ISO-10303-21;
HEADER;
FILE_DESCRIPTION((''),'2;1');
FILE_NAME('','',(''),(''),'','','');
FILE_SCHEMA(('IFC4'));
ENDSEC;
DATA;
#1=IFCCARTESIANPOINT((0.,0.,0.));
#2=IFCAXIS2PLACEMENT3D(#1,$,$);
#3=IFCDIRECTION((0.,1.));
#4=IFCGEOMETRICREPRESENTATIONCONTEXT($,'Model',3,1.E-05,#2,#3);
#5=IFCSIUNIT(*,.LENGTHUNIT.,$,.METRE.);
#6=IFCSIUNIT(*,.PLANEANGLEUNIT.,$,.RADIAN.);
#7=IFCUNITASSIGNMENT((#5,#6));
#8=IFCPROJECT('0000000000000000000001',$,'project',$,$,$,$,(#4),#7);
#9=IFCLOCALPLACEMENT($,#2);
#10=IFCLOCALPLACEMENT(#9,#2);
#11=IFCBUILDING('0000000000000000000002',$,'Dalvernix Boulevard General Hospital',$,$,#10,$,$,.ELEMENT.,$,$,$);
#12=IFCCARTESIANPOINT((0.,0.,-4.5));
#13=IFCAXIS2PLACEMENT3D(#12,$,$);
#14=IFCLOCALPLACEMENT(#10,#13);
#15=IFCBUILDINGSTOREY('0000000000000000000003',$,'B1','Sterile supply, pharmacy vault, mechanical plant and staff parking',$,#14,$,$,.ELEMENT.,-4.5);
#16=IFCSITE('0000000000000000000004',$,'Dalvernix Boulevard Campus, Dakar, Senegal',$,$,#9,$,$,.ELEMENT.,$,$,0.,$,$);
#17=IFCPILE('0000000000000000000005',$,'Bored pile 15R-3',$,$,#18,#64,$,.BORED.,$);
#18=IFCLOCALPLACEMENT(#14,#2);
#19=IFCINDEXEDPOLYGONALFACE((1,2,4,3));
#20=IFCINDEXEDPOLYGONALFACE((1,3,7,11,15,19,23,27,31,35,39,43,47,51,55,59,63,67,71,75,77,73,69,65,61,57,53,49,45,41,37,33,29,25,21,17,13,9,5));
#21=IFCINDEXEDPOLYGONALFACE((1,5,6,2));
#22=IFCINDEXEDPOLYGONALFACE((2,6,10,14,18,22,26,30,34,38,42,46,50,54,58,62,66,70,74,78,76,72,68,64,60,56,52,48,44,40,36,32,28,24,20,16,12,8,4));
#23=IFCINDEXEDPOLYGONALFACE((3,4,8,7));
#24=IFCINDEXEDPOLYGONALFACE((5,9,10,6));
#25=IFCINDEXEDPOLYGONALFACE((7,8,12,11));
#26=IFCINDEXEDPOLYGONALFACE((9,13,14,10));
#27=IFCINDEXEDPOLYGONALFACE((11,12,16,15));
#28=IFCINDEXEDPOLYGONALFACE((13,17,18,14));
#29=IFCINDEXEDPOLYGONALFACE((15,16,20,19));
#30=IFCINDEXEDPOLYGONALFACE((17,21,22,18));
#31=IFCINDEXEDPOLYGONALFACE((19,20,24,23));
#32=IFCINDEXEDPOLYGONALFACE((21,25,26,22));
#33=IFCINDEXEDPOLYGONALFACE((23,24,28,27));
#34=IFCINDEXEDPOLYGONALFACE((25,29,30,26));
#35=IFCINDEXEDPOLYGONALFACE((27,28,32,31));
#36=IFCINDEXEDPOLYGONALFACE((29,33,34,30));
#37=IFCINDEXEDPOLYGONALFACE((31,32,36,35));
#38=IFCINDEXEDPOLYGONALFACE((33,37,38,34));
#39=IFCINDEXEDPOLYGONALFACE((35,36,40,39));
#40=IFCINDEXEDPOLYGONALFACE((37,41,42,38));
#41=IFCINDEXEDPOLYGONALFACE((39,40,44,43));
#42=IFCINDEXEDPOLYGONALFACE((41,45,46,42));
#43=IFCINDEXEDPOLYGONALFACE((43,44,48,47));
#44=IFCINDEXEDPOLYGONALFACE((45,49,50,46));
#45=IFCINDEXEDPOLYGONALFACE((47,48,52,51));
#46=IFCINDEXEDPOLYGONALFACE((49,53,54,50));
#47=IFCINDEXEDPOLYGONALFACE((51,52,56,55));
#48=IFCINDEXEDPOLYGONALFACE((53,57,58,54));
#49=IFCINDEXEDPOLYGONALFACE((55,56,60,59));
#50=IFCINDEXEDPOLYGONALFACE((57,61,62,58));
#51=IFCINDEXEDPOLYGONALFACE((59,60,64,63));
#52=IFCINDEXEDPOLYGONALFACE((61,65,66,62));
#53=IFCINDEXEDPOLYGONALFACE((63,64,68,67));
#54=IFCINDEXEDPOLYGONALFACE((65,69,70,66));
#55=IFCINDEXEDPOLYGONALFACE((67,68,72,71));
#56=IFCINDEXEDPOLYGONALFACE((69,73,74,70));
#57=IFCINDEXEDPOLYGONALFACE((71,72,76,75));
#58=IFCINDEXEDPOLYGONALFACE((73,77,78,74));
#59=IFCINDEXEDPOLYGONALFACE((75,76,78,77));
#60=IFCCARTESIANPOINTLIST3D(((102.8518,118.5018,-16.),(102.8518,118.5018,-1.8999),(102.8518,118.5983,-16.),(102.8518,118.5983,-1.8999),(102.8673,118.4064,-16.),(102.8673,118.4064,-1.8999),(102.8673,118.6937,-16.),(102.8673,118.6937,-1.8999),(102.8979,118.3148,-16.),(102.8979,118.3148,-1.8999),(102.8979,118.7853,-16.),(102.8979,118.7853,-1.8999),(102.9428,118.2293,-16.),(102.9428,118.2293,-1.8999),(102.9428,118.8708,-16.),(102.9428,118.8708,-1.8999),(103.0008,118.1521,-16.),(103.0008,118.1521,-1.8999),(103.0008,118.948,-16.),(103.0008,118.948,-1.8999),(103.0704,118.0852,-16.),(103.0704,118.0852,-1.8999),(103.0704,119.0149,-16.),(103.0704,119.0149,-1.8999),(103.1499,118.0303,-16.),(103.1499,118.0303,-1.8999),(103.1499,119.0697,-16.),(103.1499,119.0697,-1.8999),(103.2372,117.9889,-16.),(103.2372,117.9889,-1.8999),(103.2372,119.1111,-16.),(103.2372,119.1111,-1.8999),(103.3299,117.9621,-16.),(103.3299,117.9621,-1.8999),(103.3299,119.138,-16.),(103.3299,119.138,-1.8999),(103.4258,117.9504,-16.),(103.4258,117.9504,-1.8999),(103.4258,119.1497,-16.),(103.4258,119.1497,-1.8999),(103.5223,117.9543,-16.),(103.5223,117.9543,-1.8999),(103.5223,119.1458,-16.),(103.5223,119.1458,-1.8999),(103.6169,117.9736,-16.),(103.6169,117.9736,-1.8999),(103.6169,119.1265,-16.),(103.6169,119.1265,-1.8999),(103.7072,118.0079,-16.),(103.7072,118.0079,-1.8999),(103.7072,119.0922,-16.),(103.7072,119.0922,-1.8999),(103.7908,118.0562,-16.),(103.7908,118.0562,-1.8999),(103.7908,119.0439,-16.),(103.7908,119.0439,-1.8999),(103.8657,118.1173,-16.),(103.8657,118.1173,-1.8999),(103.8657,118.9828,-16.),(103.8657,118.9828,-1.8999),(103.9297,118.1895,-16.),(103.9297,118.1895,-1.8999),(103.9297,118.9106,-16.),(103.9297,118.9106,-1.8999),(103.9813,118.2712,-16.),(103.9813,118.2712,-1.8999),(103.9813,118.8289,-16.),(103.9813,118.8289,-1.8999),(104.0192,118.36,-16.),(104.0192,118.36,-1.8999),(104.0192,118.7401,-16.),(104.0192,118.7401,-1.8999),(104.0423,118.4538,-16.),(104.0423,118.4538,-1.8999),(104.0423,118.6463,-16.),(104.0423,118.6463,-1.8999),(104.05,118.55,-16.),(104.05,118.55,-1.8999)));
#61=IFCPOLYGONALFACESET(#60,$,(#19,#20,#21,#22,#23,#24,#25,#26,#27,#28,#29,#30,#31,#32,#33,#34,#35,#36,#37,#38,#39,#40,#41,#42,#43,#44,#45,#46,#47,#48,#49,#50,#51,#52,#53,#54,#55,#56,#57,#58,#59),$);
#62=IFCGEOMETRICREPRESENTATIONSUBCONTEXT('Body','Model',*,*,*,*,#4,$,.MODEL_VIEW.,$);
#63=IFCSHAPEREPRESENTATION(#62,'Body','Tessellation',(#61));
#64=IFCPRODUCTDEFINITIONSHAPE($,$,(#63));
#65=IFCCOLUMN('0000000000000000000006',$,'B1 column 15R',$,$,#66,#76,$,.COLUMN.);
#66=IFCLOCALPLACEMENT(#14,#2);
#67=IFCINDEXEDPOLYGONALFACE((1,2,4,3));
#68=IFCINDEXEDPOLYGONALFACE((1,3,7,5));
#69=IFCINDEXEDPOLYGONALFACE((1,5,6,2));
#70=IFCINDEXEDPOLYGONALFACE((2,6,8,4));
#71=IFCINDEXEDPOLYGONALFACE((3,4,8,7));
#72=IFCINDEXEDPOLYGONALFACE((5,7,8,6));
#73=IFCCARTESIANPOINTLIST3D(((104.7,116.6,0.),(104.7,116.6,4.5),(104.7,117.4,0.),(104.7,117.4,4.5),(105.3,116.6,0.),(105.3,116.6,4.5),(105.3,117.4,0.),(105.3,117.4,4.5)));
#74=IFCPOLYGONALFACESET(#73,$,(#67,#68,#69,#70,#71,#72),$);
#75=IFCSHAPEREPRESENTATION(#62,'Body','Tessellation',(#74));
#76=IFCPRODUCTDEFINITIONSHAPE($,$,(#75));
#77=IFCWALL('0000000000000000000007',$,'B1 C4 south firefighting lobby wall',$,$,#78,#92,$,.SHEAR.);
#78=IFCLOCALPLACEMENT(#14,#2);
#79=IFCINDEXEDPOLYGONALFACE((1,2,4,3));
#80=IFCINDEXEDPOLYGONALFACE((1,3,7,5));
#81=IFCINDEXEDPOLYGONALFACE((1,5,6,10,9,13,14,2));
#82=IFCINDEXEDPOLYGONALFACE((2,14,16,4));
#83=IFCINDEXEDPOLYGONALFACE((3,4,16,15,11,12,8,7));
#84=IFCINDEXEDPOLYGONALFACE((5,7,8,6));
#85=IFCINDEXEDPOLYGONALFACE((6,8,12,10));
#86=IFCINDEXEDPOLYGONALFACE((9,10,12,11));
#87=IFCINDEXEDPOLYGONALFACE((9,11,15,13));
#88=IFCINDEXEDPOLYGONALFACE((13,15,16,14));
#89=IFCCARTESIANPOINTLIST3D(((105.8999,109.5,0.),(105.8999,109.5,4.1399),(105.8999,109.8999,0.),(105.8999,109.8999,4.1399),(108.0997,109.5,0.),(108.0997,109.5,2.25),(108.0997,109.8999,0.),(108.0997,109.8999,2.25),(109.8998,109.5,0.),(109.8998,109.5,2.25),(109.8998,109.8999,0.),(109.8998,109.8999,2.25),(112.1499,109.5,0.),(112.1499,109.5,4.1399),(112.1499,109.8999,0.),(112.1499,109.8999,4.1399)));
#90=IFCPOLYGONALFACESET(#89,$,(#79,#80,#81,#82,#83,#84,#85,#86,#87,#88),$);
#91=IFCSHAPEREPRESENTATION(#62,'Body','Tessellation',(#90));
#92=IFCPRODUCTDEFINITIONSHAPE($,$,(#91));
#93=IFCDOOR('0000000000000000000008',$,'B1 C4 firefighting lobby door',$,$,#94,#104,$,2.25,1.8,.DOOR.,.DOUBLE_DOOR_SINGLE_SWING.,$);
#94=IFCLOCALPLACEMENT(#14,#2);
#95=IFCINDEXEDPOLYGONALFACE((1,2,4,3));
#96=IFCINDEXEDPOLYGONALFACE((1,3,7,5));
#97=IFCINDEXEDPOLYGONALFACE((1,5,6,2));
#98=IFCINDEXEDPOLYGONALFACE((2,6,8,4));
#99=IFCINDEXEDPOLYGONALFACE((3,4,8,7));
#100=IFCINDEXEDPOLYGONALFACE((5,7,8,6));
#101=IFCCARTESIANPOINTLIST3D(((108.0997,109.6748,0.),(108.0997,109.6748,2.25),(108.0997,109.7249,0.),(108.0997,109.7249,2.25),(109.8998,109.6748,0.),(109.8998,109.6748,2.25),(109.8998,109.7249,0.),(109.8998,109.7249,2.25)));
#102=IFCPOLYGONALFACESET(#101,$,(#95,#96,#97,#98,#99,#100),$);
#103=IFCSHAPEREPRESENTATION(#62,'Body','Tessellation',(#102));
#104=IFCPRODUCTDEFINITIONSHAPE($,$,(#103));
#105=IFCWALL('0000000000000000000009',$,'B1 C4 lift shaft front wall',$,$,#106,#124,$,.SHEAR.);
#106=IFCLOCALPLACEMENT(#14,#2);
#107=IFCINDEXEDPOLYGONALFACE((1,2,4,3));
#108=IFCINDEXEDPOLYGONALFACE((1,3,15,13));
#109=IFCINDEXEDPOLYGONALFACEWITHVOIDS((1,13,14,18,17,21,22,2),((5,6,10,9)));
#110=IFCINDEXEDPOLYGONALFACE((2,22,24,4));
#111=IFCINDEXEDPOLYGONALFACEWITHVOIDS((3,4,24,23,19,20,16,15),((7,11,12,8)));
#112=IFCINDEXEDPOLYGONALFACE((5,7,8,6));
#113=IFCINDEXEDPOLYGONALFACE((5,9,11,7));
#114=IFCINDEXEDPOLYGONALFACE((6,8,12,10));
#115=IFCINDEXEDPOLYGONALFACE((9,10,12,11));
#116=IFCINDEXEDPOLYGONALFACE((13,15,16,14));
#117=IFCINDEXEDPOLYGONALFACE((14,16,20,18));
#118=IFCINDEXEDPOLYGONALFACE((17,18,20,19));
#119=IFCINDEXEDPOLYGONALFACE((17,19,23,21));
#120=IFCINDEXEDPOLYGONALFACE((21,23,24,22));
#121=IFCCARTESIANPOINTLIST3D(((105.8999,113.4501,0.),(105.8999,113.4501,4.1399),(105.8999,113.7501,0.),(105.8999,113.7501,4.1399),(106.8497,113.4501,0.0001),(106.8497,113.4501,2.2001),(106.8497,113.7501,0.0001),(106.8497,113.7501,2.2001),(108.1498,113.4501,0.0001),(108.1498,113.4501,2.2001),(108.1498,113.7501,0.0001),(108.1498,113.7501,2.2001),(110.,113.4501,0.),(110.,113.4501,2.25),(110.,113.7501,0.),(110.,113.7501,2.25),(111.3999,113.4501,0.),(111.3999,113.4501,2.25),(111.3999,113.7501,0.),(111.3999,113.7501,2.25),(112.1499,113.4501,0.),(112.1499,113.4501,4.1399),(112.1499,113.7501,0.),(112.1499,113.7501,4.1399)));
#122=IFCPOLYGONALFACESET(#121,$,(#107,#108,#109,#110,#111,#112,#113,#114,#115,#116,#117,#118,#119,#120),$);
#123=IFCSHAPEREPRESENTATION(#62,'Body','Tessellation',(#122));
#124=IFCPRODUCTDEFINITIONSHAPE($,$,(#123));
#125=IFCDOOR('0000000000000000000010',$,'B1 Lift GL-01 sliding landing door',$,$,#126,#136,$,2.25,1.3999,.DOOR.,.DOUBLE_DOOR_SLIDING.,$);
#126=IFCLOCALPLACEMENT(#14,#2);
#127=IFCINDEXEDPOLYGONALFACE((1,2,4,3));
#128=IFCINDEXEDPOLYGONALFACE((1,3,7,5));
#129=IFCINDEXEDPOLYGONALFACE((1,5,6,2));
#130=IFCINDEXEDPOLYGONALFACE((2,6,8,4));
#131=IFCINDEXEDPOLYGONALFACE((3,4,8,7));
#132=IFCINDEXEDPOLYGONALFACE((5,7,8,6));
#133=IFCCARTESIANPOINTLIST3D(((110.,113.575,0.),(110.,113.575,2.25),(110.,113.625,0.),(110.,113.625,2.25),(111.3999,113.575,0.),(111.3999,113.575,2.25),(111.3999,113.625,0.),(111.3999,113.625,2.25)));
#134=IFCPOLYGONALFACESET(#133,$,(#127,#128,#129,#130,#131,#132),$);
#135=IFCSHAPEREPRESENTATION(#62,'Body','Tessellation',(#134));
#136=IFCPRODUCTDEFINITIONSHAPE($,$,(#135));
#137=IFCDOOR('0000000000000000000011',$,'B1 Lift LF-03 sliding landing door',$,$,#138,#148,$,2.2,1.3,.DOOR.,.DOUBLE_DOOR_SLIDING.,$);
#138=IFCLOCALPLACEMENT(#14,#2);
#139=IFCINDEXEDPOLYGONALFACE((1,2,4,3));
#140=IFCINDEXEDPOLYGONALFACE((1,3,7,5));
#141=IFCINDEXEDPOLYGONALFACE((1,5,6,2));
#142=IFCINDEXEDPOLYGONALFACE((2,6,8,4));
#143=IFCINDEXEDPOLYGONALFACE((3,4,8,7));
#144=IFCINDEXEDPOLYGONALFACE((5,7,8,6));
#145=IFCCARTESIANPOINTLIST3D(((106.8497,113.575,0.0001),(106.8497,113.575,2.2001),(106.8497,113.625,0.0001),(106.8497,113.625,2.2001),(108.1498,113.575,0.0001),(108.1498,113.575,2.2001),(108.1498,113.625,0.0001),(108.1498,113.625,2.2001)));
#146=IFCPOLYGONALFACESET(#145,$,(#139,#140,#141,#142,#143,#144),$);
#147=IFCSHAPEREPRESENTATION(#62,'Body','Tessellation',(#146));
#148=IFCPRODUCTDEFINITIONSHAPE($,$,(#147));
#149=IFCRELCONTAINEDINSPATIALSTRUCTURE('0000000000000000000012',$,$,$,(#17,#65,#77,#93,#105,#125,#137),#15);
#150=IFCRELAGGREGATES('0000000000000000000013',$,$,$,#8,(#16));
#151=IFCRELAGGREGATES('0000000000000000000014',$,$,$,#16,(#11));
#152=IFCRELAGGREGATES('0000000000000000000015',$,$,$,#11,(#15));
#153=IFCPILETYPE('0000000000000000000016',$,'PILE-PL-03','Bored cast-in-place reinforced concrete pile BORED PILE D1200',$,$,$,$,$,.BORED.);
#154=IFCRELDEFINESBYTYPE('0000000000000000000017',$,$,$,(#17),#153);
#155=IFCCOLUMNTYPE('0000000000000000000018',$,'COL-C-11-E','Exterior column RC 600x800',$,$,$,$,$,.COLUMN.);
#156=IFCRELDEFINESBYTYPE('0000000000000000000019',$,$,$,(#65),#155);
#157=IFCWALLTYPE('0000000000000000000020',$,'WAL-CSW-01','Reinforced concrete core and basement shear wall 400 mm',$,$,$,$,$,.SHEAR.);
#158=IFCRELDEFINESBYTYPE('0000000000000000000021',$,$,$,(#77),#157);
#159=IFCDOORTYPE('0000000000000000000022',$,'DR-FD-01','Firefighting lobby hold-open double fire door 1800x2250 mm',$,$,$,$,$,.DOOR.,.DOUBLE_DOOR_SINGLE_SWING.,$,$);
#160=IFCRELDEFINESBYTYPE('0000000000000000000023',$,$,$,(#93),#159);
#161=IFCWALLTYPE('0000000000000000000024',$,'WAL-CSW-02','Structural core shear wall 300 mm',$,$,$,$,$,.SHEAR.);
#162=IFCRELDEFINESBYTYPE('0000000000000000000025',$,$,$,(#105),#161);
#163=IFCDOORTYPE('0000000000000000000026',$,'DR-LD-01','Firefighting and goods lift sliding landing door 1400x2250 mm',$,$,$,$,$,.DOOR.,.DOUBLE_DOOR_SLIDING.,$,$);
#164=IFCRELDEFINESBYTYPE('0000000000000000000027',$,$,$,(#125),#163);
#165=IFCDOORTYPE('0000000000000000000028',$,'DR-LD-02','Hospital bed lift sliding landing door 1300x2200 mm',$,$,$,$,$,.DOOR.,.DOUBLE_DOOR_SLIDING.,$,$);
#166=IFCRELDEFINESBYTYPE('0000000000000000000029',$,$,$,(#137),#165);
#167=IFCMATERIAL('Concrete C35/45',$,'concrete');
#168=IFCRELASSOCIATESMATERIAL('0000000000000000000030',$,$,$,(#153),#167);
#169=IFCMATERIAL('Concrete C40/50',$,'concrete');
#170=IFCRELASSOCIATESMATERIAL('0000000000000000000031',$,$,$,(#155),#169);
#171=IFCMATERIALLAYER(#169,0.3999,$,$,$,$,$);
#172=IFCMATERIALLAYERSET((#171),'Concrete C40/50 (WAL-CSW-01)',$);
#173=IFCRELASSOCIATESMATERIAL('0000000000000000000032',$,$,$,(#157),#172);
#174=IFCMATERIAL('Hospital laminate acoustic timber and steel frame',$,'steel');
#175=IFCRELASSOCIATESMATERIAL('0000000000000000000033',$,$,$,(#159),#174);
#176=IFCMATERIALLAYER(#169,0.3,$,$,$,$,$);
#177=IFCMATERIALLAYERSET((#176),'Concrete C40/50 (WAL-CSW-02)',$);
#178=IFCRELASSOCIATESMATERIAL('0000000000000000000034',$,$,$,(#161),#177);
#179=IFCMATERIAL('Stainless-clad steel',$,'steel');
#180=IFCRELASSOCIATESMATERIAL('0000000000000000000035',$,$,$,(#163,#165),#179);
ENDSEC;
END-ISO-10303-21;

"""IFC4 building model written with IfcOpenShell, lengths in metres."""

from ifc_helpers import new_model, si_unit, direction, frame, frame_2d, origin, origin_2d, place, context, subcontext, project, spatial, rectangle, circle, extrude, material, layer, layer_set, material_profile, profile_set, type_object, element, fill, save


model = new_model("IFC4")

# Units and contexts
model_context = context("Model", 3, precision=1e-05, world=origin(), true_north=direction((0.0, 1.0)))
body_context = subcontext(model_context, "Body", "Model", "MODEL_VIEW")
ifc_project = project(units=[si_unit("LENGTHUNIT", "METRE"), si_unit("PLANEANGLEUNIT", "RADIAN")], contexts=[model_context])

# Site, building, storey
site_placement = place(None, origin())
site = spatial("IfcSite", under=ifc_project, at=site_placement, Name="Dalvernix Boulevard Campus, Dakar, Senegal", CompositionType="ELEMENT", RefElevation=0.0)
building_placement = place(site_placement, origin())
building = spatial("IfcBuilding", under=site, at=building_placement, Name="Dalvernix Boulevard General Hospital", CompositionType="ELEMENT")
storey_placement = place(building_placement, frame((0.0, 0.0, -4.5)))
storey = spatial("IfcBuildingStorey", under=building, at=storey_placement, Name="B1", Description="Sterile supply, pharmacy vault, mechanical plant and staff parking", CompositionType="ELEMENT", Elevation=-4.5)

# Shared definitions
ifc_material_1 = material(Name="Concrete C35/45", Category="concrete")
ifc_material_2 = material(Name="Concrete C40/50", Category="concrete")

# Pile
ifc_material_profile_1 = material_profile(ifc_material_1, circle(Radius=0.6001, at=origin_2d()), Name="BORED PILE D1200")
ifc_profile_set_1 = profile_set([ifc_material_profile_1], Name="Concrete C35/45")
pile_type = type_object("IfcPileType", Name="PILE-PL-03", Description="Bored cast-in-place reinforced concrete pile BORED PILE D1200", PredefinedType="BORED", material=ifc_profile_set_1)
for number, where, z_axis, x_axis, name in (
    (1, (103.45, 118.55, -1.8999), (0.0, 0.0, -1.0), (1.0, 0.0, 0.0), "Bored pile 15R-3"),
):
    element("IfcPile", number, at=place(storey_placement, frame(where, z_axis=z_axis, x_axis=x_axis)), inside=storey, type_object=pile_type, Name=name, PredefinedType="BORED", context=body_context, shape_type="SweptSolid", body=[
        extrude(circle(Radius=0.6001, at=origin_2d()), origin(), (0.0, 0.0, 1.0), 14.1001),
    ])

# Column
ifc_material_profile_2 = material_profile(ifc_material_2, rectangle(XDim=0.6001, YDim=0.8, at=origin_2d()), Name="RC 600x800")
ifc_profile_set_2 = profile_set([ifc_material_profile_2], Name="Concrete C40/50")
column_type = type_object("IfcColumnType", Name="COL-C-11-E", Description="Exterior column RC 600x800", PredefinedType="COLUMN", material=ifc_profile_set_2)
column_placement = place(storey_placement, frame((105.0, 117.0, 0.0), z_axis=(0.0, 0.0, 1.0), x_axis=(1.0, 0.0, 0.0)))
element("IfcColumn", 2, at=column_placement, inside=storey, type_object=column_type, Name="B1 column 15R", PredefinedType="COLUMN", context=body_context, shape_type="SweptSolid", body=[
    extrude(rectangle(XDim=0.6001, YDim=0.8, at=origin_2d()), origin(), (0.0, 0.0, 1.0), 4.5),
])

# Wall, opening, door
ifc_layer_1 = layer(ifc_material_2, 0.3999)
ifc_layer_set_1 = layer_set([ifc_layer_1], Name="Concrete C40/50 (WAL-CSW-01)")
wall_type_1 = type_object("IfcWallType", Name="WAL-CSW-01", Description="Reinforced concrete core and basement shear wall 400 mm", PredefinedType="SHEAR", material=ifc_layer_set_1)
wall_1_placement = place(storey_placement, frame((105.8999, 109.7, 0.0), z_axis=(0.0, 0.0, 1.0), x_axis=(1.0, 0.0, 0.0)))
wall_1 = element("IfcWall", 3, at=wall_1_placement, inside=storey, type_object=wall_type_1, Name="B1 C4 south firefighting lobby wall", PredefinedType="SHEAR", context=body_context, shape_type="SweptSolid", body=[
    extrude(rectangle(XDim=6.25, YDim=0.3999, at=frame_2d((3.125, 0.0))), origin(), (0.0, 0.0, 1.0), 4.1399),
])
opening_1_placement = place(wall_1_placement, frame((2.2, 0.0, 0.0)))
opening_1 = element("IfcOpeningElement", 4, at=opening_1_placement, cuts=wall_1, PredefinedType="OPENING", context=body_context, shape_type="SweptSolid", body=[
    extrude(rectangle(XDim=1.8, YDim=2.25, at=frame_2d((0.8999, 1.125))), frame((0.0, 0.21, 0.0), z_axis=(0.0, -1.0, 0.0), x_axis=(1.0, 0.0, 0.0)), (0.0, 0.0, 1.0), 0.4199),
])
ifc_material_3 = material(Name="Hospital laminate acoustic timber and steel frame", Category="steel")
door_type_1 = type_object("IfcDoorType", Name="DR-FD-01", Description="Firefighting lobby hold-open double fire door 1800x2250 mm", OperationType="DOUBLE_DOOR_SINGLE_SWING", PredefinedType="DOOR", material=ifc_material_3)
door_1_placement = place(opening_1_placement, origin())
door_1 = element("IfcDoor", 5, at=door_1_placement, inside=storey, type_object=door_type_1, Name="B1 C4 firefighting lobby door", OperationType="DOUBLE_DOOR_SINGLE_SWING", OverallHeight=2.25, OverallWidth=1.8, PredefinedType="DOOR", context=body_context, shape_type="SweptSolid", body=[
    extrude(rectangle(XDim=1.8, YDim=2.25, at=frame_2d((0.8999, 1.125))), frame((0.0, 0.0249, 0.0), z_axis=(0.0, -1.0, 0.0), x_axis=(1.0, 0.0, 0.0)), (0.0, 0.0, 1.0), 0.05),
])
fill(opening_1, door_1)

# Wall, openings, doors
ifc_layer_2 = layer(ifc_material_2, 0.3)
ifc_layer_set_2 = layer_set([ifc_layer_2], Name="Concrete C40/50 (WAL-CSW-02)")
wall_type_2 = type_object("IfcWallType", Name="WAL-CSW-02", Description="Structural core shear wall 300 mm", PredefinedType="SHEAR", material=ifc_layer_set_2)
wall_2_placement = place(storey_placement, frame((105.8999, 113.6001, 0.0), z_axis=(0.0, 0.0, 1.0), x_axis=(1.0, 0.0, 0.0)))
wall_2 = element("IfcWall", 6, at=wall_2_placement, inside=storey, type_object=wall_type_2, Name="B1 C4 lift shaft front wall", PredefinedType="SHEAR", context=body_context, shape_type="SweptSolid", body=[
    extrude(rectangle(XDim=6.25, YDim=0.3, at=frame_2d((3.125, 0.0))), origin(), (0.0, 0.0, 1.0), 4.1399),
])
opening_2_placement = place(wall_2_placement, frame((0.95, 0.0, 0.0)))
opening_2 = element("IfcOpeningElement", 7, at=opening_2_placement, cuts=wall_2, PredefinedType="OPENING", context=body_context, shape_type="SweptSolid", body=[
    extrude(rectangle(XDim=1.3, YDim=2.2, at=frame_2d((0.6499, 1.1001))), frame((0.0, 0.1599, 0.0), z_axis=(0.0, -1.0, 0.0), x_axis=(1.0, 0.0, 0.0)), (0.0, 0.0, 1.0), 0.3201),
])
opening_3_placement = place(wall_2_placement, frame((4.1001, 0.0, 0.0)))
opening_3 = element("IfcOpeningElement", 8, at=opening_3_placement, cuts=wall_2, PredefinedType="OPENING", context=body_context, shape_type="SweptSolid", body=[
    extrude(rectangle(XDim=1.3999, YDim=2.25, at=frame_2d((0.7, 1.125))), frame((0.0, 0.1599, 0.0), z_axis=(0.0, -1.0, 0.0), x_axis=(1.0, 0.0, 0.0)), (0.0, 0.0, 1.0), 0.3201),
])
ifc_material_4 = material(Name="Stainless-clad steel", Category="steel")
door_type_2 = type_object("IfcDoorType", Name="DR-LD-01", Description="Firefighting and goods lift sliding landing door 1400x2250 mm", OperationType="DOUBLE_DOOR_SLIDING", PredefinedType="DOOR", material=ifc_material_4)
door_2_placement = place(opening_3_placement, origin())
door_2 = element("IfcDoor", 9, at=door_2_placement, inside=storey, type_object=door_type_2, Name="B1 Lift GL-01 sliding landing door", OperationType="DOUBLE_DOOR_SLIDING", OverallHeight=2.25, OverallWidth=1.3999, PredefinedType="DOOR", context=body_context, shape_type="SweptSolid", body=[
    extrude(rectangle(XDim=1.3999, YDim=2.25, at=frame_2d((0.7, 1.125))), frame((0.0, 0.0249, 0.0), z_axis=(0.0, -1.0, 0.0), x_axis=(1.0, 0.0, 0.0)), (0.0, 0.0, 1.0), 0.05),
])
fill(opening_3, door_2)
door_type_3 = type_object("IfcDoorType", Name="DR-LD-02", Description="Hospital bed lift sliding landing door 1300x2200 mm", OperationType="DOUBLE_DOOR_SLIDING", PredefinedType="DOOR", material=ifc_material_4)
door_3_placement = place(opening_2_placement, origin())
door_3 = element("IfcDoor", 10, at=door_3_placement, inside=storey, type_object=door_type_3, Name="B1 Lift LF-03 sliding landing door", OperationType="DOUBLE_DOOR_SLIDING", OverallHeight=2.2, OverallWidth=1.3, PredefinedType="DOOR", context=body_context, shape_type="SweptSolid", body=[
    extrude(rectangle(XDim=1.3, YDim=2.2, at=frame_2d((0.6499, 1.1001))), frame((0.0, 0.0249, 0.0), z_axis=(0.0, -1.0, 0.0), x_axis=(1.0, 0.0, 0.0)), (0.0, 0.0, 1.0), 0.05),
])
fill(opening_2, door_3)

save(model, "model.ifc")
